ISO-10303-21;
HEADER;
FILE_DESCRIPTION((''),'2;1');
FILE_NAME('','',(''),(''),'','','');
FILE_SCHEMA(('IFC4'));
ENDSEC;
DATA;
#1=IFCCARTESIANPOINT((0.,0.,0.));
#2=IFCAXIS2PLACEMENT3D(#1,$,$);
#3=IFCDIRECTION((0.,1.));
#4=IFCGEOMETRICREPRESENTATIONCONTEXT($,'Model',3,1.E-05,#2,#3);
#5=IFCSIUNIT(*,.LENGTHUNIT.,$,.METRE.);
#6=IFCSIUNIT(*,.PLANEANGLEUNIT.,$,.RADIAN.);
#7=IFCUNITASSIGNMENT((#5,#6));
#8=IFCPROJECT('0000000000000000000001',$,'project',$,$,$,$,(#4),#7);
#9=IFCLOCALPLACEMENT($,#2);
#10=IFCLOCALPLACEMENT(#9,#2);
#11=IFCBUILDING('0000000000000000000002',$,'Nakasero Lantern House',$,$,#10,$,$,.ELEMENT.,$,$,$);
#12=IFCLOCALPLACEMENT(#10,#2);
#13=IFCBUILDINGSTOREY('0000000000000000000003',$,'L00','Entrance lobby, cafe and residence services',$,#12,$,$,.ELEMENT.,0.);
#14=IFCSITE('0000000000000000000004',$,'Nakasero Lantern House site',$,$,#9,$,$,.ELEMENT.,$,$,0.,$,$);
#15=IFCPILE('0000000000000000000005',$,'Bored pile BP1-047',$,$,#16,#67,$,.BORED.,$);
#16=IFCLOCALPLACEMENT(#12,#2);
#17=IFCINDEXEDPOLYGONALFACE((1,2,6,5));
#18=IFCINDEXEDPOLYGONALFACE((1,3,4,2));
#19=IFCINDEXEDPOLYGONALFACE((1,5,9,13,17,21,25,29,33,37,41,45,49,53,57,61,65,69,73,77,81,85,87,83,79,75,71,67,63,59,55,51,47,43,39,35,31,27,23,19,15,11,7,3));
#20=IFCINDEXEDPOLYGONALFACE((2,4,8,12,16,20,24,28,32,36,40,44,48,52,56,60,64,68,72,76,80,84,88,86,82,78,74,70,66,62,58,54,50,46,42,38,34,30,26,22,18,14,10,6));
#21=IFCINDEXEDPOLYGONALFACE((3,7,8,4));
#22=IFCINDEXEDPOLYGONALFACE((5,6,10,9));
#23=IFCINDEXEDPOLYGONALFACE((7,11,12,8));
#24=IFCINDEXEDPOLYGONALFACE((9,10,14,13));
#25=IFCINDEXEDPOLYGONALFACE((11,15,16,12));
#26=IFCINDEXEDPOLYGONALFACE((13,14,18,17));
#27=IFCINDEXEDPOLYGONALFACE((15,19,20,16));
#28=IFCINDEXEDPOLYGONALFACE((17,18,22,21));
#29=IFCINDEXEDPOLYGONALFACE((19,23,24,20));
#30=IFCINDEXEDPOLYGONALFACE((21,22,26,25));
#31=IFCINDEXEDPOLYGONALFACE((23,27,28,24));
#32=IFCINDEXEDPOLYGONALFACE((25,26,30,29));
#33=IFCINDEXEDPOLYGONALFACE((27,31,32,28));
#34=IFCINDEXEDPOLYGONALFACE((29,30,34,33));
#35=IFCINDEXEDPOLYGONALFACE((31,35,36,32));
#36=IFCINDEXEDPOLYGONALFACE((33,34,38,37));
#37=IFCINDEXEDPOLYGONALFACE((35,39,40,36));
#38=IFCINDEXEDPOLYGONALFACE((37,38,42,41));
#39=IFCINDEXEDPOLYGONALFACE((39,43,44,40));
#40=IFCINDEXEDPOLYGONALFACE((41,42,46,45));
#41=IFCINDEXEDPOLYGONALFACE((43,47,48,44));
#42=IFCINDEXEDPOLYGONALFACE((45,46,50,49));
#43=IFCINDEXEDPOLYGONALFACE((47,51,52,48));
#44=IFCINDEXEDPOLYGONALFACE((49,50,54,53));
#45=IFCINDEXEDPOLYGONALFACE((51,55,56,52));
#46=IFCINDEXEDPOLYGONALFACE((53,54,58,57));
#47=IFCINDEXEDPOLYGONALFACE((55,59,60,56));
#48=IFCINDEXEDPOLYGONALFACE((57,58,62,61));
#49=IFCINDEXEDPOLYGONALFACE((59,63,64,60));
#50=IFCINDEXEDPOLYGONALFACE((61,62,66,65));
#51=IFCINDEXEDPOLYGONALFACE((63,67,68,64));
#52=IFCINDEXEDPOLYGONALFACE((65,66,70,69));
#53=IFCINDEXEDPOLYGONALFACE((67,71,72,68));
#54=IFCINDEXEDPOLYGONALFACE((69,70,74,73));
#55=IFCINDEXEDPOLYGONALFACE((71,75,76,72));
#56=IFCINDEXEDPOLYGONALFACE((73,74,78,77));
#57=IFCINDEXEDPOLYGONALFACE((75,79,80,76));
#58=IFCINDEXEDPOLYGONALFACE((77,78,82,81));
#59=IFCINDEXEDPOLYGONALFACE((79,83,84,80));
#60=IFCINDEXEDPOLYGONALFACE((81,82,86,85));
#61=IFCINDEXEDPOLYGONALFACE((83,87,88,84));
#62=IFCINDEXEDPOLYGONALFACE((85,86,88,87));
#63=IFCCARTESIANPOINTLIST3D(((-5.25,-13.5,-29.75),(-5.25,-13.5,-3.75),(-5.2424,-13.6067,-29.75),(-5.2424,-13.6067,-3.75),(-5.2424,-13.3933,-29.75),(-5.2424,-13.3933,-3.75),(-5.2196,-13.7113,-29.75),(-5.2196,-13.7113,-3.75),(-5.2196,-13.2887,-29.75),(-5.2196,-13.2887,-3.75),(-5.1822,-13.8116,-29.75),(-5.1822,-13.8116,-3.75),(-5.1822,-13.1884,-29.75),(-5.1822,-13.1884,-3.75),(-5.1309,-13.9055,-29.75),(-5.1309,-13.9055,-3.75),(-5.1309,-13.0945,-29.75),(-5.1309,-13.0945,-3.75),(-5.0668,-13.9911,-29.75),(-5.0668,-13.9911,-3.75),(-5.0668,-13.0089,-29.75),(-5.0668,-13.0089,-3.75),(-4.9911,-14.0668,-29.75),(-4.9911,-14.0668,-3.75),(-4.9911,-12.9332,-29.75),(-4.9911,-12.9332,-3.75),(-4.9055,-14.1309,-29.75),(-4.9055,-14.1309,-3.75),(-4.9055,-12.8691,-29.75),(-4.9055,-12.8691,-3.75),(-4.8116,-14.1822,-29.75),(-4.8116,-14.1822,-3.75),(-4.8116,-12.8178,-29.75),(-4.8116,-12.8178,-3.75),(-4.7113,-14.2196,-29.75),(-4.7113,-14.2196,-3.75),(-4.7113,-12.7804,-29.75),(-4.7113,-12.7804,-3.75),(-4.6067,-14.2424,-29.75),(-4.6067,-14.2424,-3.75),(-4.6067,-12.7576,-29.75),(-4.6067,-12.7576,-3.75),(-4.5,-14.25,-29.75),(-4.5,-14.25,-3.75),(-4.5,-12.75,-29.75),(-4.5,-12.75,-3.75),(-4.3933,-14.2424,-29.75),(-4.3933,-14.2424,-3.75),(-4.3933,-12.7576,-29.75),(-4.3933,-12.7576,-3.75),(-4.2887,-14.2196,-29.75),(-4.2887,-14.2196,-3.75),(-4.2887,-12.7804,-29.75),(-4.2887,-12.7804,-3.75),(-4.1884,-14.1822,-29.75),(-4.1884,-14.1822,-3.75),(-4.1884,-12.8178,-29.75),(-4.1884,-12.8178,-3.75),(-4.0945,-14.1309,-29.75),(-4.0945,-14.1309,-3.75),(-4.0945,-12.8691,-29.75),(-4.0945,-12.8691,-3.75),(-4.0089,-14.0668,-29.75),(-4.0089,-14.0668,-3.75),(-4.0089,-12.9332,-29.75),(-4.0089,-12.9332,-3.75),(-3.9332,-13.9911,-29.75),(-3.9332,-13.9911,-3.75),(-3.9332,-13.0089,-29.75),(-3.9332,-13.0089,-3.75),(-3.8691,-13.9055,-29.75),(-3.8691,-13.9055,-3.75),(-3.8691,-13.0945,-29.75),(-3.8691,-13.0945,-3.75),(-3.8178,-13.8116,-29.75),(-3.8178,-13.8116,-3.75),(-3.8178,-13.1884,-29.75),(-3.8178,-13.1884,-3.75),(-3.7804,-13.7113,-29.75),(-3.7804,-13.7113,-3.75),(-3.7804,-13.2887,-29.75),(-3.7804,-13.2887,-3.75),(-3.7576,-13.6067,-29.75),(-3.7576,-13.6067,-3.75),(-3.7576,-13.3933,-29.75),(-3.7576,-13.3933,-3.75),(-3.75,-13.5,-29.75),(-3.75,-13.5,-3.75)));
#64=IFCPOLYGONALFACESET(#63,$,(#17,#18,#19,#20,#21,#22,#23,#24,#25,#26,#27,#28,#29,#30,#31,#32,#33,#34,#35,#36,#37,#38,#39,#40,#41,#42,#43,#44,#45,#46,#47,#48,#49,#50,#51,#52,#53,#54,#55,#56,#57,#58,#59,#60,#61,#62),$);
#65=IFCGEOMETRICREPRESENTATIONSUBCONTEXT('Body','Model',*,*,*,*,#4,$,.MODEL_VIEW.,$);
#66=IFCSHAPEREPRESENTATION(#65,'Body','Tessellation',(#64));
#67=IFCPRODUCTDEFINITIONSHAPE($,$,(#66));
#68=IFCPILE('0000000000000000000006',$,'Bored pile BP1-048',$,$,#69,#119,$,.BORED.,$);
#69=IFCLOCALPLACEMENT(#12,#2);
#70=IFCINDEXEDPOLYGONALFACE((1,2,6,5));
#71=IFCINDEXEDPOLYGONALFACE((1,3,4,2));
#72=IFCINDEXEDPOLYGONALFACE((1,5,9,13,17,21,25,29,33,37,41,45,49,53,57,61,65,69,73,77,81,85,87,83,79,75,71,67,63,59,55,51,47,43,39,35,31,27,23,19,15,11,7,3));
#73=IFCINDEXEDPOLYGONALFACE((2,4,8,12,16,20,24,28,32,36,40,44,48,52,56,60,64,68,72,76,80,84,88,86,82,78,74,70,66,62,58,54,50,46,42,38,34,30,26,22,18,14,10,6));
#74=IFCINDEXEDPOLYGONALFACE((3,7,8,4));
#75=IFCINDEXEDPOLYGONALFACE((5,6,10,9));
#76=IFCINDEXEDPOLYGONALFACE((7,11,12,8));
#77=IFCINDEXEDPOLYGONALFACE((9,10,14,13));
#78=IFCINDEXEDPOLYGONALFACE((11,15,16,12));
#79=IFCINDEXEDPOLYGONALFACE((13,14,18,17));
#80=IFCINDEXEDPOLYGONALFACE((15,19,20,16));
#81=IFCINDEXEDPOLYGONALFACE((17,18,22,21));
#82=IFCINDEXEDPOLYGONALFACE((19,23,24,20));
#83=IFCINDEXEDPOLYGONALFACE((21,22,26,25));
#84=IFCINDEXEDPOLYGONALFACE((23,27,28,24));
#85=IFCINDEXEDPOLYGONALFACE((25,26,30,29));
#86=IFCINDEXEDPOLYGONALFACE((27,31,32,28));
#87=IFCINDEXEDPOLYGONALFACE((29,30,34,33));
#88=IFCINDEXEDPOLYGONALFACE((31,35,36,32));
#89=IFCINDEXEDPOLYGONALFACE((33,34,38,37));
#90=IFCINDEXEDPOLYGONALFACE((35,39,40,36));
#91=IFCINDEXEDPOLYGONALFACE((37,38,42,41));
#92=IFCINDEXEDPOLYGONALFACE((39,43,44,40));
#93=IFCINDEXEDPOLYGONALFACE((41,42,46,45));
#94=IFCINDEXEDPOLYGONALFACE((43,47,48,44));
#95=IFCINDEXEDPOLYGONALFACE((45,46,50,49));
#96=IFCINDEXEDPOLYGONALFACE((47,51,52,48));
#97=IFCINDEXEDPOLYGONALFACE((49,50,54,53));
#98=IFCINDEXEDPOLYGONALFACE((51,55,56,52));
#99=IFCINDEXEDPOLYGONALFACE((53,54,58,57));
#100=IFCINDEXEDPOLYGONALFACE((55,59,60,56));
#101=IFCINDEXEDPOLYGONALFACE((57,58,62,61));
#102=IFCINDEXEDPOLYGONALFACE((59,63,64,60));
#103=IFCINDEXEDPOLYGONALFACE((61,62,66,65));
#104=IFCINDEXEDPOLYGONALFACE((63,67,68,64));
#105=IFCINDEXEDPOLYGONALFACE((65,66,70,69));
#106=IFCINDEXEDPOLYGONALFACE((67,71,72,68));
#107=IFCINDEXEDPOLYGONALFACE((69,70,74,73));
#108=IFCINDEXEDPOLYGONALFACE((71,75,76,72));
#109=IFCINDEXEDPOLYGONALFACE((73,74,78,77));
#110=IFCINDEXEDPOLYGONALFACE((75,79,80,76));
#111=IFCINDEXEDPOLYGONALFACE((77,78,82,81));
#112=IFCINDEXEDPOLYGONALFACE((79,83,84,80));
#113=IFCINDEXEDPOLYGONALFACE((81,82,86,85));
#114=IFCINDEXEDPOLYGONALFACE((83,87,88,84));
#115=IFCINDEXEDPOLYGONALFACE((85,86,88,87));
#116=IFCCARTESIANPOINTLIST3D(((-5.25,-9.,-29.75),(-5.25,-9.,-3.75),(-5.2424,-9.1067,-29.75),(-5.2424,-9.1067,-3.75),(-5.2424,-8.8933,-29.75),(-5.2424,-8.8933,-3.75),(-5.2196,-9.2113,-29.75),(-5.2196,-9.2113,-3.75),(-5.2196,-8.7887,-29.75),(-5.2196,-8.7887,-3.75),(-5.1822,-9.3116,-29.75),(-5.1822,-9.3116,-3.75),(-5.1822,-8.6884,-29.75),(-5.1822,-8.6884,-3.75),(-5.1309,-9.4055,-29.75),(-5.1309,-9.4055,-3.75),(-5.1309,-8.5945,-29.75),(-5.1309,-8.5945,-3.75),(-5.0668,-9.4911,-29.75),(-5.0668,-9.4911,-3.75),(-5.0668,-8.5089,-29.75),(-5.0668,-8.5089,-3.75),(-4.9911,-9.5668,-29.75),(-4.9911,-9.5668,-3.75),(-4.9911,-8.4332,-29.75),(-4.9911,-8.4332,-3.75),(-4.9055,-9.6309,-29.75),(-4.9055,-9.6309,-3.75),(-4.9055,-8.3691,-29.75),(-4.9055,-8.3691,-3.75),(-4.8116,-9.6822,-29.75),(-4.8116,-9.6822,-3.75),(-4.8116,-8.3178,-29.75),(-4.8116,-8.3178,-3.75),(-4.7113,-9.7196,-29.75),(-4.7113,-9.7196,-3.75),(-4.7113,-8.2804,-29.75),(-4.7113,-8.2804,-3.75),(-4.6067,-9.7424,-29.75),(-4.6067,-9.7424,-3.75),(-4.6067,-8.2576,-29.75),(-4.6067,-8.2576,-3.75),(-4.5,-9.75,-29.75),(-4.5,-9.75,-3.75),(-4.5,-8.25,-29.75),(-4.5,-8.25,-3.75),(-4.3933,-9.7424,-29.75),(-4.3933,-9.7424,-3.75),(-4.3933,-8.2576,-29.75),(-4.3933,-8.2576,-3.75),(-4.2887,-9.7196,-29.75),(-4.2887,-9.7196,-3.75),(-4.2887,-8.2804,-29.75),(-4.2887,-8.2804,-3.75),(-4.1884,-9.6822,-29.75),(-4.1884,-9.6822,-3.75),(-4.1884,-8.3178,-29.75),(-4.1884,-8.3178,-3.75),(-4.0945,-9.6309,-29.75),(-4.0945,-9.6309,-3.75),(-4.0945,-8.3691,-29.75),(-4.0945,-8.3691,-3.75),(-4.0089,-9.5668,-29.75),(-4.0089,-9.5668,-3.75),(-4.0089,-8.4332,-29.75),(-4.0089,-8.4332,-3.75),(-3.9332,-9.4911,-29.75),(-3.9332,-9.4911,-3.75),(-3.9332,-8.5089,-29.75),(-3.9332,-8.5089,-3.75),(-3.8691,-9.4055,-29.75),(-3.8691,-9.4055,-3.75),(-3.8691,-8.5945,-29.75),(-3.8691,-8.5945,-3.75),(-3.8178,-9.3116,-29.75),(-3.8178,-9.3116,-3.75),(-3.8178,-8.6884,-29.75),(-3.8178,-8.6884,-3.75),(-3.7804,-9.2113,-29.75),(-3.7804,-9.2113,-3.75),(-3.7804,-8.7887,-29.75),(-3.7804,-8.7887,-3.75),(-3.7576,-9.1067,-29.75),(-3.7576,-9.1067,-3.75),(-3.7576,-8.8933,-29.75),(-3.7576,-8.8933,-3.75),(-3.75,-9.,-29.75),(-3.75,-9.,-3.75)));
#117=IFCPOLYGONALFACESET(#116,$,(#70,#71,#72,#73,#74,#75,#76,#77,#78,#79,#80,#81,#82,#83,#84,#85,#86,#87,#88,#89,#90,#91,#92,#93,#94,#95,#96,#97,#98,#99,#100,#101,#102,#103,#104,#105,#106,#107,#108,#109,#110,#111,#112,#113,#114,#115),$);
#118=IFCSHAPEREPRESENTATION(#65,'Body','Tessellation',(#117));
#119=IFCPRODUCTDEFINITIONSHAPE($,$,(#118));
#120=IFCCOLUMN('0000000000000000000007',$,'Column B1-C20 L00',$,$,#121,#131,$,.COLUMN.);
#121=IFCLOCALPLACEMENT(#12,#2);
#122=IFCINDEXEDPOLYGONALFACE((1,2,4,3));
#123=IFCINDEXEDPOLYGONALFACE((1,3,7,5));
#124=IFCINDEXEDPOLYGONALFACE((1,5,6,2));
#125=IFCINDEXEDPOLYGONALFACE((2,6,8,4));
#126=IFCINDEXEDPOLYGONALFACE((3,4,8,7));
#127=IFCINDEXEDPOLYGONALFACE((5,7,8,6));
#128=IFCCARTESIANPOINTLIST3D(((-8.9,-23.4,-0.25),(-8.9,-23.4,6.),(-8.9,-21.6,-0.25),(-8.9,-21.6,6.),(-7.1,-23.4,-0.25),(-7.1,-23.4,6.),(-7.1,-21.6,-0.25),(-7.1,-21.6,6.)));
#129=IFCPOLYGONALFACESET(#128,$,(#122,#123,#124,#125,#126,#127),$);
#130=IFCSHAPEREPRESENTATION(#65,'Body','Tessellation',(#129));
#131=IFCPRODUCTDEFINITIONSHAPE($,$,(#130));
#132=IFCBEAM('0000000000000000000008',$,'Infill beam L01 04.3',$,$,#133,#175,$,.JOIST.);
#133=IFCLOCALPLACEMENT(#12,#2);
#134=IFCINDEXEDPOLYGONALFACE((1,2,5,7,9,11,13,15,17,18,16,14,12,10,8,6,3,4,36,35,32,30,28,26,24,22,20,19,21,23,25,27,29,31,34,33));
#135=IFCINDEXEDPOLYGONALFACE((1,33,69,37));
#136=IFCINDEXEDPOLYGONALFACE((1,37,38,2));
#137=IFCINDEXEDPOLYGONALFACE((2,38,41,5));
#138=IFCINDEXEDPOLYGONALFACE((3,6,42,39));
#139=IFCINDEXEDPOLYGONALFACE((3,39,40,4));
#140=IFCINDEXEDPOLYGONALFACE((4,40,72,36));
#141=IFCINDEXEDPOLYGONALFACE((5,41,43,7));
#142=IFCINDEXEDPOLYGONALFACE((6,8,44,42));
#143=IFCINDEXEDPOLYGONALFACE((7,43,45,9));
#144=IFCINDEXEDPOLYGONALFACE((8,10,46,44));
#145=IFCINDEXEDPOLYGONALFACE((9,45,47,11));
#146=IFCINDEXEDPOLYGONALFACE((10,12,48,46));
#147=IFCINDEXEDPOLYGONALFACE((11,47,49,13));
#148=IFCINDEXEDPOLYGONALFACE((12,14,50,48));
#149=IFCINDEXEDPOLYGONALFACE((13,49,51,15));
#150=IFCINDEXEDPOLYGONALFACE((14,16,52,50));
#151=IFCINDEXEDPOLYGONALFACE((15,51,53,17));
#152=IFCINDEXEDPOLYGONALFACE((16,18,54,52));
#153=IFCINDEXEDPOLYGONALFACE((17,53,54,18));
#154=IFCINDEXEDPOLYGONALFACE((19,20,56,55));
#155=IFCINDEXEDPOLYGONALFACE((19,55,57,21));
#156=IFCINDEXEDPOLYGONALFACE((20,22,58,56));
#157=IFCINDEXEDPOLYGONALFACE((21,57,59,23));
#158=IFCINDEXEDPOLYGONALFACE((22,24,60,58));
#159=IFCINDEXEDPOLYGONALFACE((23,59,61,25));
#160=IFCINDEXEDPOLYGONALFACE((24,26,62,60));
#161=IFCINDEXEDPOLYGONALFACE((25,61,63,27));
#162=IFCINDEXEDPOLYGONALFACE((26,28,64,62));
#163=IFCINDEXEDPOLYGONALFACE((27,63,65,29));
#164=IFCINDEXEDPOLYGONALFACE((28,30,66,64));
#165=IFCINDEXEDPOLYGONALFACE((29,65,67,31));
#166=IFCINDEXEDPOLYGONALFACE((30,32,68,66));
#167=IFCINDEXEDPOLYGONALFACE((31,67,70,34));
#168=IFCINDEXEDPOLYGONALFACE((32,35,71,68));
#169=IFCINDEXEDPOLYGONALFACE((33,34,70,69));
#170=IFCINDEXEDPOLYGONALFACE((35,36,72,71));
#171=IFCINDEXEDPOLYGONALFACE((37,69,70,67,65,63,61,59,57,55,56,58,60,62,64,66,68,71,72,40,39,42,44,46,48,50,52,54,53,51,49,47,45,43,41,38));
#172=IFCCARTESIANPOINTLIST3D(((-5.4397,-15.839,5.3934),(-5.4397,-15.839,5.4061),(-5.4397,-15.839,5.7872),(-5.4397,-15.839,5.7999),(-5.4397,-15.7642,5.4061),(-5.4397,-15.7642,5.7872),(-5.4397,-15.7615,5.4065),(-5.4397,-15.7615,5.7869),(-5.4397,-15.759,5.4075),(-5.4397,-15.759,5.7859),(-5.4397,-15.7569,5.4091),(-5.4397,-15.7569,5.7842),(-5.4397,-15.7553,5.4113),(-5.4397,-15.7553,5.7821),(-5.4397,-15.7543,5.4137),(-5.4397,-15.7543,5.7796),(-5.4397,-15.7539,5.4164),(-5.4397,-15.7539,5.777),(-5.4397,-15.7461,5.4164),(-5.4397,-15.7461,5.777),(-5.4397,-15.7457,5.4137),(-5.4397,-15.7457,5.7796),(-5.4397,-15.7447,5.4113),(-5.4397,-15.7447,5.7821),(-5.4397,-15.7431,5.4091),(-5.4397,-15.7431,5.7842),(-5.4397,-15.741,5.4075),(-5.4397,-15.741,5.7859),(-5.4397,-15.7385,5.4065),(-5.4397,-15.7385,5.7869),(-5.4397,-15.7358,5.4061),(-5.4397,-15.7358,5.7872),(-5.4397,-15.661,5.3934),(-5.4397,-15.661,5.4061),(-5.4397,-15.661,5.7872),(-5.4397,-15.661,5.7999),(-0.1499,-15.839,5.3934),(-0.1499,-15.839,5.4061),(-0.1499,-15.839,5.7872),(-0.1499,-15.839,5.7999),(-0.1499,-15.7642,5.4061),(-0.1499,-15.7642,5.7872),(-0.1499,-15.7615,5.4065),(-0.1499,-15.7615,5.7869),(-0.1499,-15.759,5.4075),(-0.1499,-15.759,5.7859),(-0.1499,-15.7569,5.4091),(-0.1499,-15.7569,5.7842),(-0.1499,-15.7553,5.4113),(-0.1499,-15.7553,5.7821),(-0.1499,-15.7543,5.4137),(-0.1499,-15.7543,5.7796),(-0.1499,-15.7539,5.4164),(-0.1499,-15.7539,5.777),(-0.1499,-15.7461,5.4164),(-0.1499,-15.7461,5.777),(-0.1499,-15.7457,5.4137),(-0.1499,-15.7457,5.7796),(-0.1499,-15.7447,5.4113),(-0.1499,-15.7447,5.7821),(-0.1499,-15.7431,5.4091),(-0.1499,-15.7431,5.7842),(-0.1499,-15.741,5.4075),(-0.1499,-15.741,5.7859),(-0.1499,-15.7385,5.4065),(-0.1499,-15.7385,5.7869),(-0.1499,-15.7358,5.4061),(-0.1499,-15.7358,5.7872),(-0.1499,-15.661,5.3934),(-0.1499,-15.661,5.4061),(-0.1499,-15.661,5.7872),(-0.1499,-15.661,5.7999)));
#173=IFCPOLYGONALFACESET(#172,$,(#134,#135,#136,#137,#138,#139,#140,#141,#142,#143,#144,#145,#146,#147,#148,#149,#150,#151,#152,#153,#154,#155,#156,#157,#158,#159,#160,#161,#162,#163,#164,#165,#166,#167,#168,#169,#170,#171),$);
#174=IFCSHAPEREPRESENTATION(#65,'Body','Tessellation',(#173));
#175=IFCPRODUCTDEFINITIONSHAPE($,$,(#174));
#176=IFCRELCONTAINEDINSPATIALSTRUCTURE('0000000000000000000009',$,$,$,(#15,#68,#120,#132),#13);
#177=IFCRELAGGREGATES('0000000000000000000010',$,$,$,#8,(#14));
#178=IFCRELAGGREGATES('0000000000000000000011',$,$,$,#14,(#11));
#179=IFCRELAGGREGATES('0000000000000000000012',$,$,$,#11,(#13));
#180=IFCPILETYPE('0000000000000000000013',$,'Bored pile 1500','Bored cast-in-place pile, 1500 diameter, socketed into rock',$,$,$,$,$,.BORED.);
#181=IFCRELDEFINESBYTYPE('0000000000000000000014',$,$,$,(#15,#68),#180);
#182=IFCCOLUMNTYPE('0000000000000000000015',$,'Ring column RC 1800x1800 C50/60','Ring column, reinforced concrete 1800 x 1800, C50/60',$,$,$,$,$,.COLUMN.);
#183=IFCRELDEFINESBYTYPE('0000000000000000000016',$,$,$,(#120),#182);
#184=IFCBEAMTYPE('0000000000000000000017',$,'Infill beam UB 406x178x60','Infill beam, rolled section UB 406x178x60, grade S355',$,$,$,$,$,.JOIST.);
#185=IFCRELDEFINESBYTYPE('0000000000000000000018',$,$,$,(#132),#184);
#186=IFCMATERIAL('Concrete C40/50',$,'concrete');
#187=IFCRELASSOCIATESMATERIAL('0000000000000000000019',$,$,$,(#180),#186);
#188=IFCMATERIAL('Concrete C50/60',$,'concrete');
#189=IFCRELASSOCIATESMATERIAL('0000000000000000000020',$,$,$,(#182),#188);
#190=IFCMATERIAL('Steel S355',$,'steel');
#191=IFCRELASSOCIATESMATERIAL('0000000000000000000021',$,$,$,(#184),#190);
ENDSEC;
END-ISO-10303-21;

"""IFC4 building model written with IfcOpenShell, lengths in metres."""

from ifc_helpers import new_model, si_unit, direction, frame, origin, origin_2d, place, context, subcontext, project, spatial, rectangle, circle, i_section, extrude, material, material_profile, profile_set, type_object, element, save


model = new_model("IFC4")

# Units and contexts
model_context = context("Model", 3, precision=1e-05, world=origin(), true_north=direction((0.0, 1.0)))
body_context = subcontext(model_context, "Body", "Model", "MODEL_VIEW")
ifc_project = project(units=[si_unit("LENGTHUNIT", "METRE"), si_unit("PLANEANGLEUNIT", "RADIAN")], contexts=[model_context])

# Site, building, storey
site_placement = place(None, origin())
site = spatial("IfcSite", under=ifc_project, at=site_placement, Name="Nakasero Lantern House site", CompositionType="ELEMENT", RefElevation=0.0)
building_placement = place(site_placement, origin())
building = spatial("IfcBuilding", under=site, at=building_placement, Name="Nakasero Lantern House", CompositionType="ELEMENT")
storey_placement = place(building_placement, origin())
storey = spatial("IfcBuildingStorey", under=building, at=storey_placement, Name="L00", Description="Entrance lobby, cafe and residence services", CompositionType="ELEMENT", Elevation=0.0)

# Piles
ifc_material_1 = material(Name="Concrete C40/50", Category="concrete")
pile_type = type_object("IfcPileType", Name="Bored pile 1500", Description="Bored cast-in-place pile, 1500 diameter, socketed into rock", PredefinedType="BORED", material=ifc_material_1)
for number, where, z_axis, x_axis, name in (
    (1, (-4.5, -13.5, -3.75), (0.0, 0.0, -1.0), (1.0, 0.0, 0.0), "Bored pile BP1-047"),
    (2, (-4.5, -9.0, -3.75), (0.0, 0.0, -1.0), (1.0, 0.0, 0.0), "Bored pile BP1-048"),
):
    element("IfcPile", number, at=place(storey_placement, frame(where, z_axis=z_axis, x_axis=x_axis)), inside=storey, type_object=pile_type, Name=name, PredefinedType="BORED", context=body_context, shape_type="SweptSolid", body=[
        extrude(circle(Radius=0.75, at=origin_2d()), origin(), (0.0, 0.0, 1.0), 26.0),
    ])

# Column
ifc_material_2 = material(Name="Concrete C50/60", Category="concrete")
ifc_material_profile_1 = material_profile(ifc_material_2, rectangle(XDim=1.8, YDim=1.8, at=origin_2d()), Name="RC 1800x1800")
ifc_profile_set_1 = profile_set([ifc_material_profile_1], Name="Concrete C50/60")
column_type = type_object("IfcColumnType", Name="Ring column RC 1800x1800 C50/60", Description="Ring column, reinforced concrete 1800 x 1800, C50/60", PredefinedType="COLUMN", material=ifc_profile_set_1)
column_placement = place(storey_placement, frame((-8.0, -22.5, -0.25), z_axis=(0.0, 0.0, 1.0), x_axis=(1.0, 0.0, 0.0)))
element("IfcColumn", 3, at=column_placement, inside=storey, type_object=column_type, Name="Column B1-C20 L00", PredefinedType="COLUMN", context=body_context, shape_type="SweptSolid", body=[
    extrude(rectangle(XDim=1.8, YDim=1.8, at=origin_2d()), origin(), (0.0, 0.0, 1.0), 6.25),
])

# Beam
ifc_material_3 = material(Name="Steel S355", Category="steel")
ifc_material_profile_2 = material_profile(ifc_material_3, i_section(OverallWidth=0.178, OverallDepth=0.4065, WebThickness=0.0078, FlangeThickness=0.0127, FilletRadius=0.0103, at=origin_2d()), Name="UB 406x178x60")
ifc_profile_set_2 = profile_set([ifc_material_profile_2], Name="Steel S355")
beam_type_1 = type_object("IfcBeamType", Name="Infill beam UB 406x178x60", Description="Infill beam, rolled section UB 406x178x60, grade S355", PredefinedType="JOIST", material=ifc_profile_set_2)
beam_1_placement = place(storey_placement, frame((-5.4397, -15.75, 5.5967), z_axis=(1.0, 0.0, 0.0), x_axis=(0.0, 1.0, 0.0)))
element("IfcBeam", 4, at=beam_1_placement, inside=storey, type_object=beam_type_1, Name="Infill beam L01 04.3", PredefinedType="JOIST", context=body_context, shape_type="SweptSolid", body=[
    extrude(i_section(OverallWidth=0.178, OverallDepth=0.4065, WebThickness=0.0078, FlangeThickness=0.0127, FilletRadius=0.0103, at=origin_2d()), origin(), (0.0, 0.0, 1.0), 5.2898),
])

save(model, "model.ifc")
